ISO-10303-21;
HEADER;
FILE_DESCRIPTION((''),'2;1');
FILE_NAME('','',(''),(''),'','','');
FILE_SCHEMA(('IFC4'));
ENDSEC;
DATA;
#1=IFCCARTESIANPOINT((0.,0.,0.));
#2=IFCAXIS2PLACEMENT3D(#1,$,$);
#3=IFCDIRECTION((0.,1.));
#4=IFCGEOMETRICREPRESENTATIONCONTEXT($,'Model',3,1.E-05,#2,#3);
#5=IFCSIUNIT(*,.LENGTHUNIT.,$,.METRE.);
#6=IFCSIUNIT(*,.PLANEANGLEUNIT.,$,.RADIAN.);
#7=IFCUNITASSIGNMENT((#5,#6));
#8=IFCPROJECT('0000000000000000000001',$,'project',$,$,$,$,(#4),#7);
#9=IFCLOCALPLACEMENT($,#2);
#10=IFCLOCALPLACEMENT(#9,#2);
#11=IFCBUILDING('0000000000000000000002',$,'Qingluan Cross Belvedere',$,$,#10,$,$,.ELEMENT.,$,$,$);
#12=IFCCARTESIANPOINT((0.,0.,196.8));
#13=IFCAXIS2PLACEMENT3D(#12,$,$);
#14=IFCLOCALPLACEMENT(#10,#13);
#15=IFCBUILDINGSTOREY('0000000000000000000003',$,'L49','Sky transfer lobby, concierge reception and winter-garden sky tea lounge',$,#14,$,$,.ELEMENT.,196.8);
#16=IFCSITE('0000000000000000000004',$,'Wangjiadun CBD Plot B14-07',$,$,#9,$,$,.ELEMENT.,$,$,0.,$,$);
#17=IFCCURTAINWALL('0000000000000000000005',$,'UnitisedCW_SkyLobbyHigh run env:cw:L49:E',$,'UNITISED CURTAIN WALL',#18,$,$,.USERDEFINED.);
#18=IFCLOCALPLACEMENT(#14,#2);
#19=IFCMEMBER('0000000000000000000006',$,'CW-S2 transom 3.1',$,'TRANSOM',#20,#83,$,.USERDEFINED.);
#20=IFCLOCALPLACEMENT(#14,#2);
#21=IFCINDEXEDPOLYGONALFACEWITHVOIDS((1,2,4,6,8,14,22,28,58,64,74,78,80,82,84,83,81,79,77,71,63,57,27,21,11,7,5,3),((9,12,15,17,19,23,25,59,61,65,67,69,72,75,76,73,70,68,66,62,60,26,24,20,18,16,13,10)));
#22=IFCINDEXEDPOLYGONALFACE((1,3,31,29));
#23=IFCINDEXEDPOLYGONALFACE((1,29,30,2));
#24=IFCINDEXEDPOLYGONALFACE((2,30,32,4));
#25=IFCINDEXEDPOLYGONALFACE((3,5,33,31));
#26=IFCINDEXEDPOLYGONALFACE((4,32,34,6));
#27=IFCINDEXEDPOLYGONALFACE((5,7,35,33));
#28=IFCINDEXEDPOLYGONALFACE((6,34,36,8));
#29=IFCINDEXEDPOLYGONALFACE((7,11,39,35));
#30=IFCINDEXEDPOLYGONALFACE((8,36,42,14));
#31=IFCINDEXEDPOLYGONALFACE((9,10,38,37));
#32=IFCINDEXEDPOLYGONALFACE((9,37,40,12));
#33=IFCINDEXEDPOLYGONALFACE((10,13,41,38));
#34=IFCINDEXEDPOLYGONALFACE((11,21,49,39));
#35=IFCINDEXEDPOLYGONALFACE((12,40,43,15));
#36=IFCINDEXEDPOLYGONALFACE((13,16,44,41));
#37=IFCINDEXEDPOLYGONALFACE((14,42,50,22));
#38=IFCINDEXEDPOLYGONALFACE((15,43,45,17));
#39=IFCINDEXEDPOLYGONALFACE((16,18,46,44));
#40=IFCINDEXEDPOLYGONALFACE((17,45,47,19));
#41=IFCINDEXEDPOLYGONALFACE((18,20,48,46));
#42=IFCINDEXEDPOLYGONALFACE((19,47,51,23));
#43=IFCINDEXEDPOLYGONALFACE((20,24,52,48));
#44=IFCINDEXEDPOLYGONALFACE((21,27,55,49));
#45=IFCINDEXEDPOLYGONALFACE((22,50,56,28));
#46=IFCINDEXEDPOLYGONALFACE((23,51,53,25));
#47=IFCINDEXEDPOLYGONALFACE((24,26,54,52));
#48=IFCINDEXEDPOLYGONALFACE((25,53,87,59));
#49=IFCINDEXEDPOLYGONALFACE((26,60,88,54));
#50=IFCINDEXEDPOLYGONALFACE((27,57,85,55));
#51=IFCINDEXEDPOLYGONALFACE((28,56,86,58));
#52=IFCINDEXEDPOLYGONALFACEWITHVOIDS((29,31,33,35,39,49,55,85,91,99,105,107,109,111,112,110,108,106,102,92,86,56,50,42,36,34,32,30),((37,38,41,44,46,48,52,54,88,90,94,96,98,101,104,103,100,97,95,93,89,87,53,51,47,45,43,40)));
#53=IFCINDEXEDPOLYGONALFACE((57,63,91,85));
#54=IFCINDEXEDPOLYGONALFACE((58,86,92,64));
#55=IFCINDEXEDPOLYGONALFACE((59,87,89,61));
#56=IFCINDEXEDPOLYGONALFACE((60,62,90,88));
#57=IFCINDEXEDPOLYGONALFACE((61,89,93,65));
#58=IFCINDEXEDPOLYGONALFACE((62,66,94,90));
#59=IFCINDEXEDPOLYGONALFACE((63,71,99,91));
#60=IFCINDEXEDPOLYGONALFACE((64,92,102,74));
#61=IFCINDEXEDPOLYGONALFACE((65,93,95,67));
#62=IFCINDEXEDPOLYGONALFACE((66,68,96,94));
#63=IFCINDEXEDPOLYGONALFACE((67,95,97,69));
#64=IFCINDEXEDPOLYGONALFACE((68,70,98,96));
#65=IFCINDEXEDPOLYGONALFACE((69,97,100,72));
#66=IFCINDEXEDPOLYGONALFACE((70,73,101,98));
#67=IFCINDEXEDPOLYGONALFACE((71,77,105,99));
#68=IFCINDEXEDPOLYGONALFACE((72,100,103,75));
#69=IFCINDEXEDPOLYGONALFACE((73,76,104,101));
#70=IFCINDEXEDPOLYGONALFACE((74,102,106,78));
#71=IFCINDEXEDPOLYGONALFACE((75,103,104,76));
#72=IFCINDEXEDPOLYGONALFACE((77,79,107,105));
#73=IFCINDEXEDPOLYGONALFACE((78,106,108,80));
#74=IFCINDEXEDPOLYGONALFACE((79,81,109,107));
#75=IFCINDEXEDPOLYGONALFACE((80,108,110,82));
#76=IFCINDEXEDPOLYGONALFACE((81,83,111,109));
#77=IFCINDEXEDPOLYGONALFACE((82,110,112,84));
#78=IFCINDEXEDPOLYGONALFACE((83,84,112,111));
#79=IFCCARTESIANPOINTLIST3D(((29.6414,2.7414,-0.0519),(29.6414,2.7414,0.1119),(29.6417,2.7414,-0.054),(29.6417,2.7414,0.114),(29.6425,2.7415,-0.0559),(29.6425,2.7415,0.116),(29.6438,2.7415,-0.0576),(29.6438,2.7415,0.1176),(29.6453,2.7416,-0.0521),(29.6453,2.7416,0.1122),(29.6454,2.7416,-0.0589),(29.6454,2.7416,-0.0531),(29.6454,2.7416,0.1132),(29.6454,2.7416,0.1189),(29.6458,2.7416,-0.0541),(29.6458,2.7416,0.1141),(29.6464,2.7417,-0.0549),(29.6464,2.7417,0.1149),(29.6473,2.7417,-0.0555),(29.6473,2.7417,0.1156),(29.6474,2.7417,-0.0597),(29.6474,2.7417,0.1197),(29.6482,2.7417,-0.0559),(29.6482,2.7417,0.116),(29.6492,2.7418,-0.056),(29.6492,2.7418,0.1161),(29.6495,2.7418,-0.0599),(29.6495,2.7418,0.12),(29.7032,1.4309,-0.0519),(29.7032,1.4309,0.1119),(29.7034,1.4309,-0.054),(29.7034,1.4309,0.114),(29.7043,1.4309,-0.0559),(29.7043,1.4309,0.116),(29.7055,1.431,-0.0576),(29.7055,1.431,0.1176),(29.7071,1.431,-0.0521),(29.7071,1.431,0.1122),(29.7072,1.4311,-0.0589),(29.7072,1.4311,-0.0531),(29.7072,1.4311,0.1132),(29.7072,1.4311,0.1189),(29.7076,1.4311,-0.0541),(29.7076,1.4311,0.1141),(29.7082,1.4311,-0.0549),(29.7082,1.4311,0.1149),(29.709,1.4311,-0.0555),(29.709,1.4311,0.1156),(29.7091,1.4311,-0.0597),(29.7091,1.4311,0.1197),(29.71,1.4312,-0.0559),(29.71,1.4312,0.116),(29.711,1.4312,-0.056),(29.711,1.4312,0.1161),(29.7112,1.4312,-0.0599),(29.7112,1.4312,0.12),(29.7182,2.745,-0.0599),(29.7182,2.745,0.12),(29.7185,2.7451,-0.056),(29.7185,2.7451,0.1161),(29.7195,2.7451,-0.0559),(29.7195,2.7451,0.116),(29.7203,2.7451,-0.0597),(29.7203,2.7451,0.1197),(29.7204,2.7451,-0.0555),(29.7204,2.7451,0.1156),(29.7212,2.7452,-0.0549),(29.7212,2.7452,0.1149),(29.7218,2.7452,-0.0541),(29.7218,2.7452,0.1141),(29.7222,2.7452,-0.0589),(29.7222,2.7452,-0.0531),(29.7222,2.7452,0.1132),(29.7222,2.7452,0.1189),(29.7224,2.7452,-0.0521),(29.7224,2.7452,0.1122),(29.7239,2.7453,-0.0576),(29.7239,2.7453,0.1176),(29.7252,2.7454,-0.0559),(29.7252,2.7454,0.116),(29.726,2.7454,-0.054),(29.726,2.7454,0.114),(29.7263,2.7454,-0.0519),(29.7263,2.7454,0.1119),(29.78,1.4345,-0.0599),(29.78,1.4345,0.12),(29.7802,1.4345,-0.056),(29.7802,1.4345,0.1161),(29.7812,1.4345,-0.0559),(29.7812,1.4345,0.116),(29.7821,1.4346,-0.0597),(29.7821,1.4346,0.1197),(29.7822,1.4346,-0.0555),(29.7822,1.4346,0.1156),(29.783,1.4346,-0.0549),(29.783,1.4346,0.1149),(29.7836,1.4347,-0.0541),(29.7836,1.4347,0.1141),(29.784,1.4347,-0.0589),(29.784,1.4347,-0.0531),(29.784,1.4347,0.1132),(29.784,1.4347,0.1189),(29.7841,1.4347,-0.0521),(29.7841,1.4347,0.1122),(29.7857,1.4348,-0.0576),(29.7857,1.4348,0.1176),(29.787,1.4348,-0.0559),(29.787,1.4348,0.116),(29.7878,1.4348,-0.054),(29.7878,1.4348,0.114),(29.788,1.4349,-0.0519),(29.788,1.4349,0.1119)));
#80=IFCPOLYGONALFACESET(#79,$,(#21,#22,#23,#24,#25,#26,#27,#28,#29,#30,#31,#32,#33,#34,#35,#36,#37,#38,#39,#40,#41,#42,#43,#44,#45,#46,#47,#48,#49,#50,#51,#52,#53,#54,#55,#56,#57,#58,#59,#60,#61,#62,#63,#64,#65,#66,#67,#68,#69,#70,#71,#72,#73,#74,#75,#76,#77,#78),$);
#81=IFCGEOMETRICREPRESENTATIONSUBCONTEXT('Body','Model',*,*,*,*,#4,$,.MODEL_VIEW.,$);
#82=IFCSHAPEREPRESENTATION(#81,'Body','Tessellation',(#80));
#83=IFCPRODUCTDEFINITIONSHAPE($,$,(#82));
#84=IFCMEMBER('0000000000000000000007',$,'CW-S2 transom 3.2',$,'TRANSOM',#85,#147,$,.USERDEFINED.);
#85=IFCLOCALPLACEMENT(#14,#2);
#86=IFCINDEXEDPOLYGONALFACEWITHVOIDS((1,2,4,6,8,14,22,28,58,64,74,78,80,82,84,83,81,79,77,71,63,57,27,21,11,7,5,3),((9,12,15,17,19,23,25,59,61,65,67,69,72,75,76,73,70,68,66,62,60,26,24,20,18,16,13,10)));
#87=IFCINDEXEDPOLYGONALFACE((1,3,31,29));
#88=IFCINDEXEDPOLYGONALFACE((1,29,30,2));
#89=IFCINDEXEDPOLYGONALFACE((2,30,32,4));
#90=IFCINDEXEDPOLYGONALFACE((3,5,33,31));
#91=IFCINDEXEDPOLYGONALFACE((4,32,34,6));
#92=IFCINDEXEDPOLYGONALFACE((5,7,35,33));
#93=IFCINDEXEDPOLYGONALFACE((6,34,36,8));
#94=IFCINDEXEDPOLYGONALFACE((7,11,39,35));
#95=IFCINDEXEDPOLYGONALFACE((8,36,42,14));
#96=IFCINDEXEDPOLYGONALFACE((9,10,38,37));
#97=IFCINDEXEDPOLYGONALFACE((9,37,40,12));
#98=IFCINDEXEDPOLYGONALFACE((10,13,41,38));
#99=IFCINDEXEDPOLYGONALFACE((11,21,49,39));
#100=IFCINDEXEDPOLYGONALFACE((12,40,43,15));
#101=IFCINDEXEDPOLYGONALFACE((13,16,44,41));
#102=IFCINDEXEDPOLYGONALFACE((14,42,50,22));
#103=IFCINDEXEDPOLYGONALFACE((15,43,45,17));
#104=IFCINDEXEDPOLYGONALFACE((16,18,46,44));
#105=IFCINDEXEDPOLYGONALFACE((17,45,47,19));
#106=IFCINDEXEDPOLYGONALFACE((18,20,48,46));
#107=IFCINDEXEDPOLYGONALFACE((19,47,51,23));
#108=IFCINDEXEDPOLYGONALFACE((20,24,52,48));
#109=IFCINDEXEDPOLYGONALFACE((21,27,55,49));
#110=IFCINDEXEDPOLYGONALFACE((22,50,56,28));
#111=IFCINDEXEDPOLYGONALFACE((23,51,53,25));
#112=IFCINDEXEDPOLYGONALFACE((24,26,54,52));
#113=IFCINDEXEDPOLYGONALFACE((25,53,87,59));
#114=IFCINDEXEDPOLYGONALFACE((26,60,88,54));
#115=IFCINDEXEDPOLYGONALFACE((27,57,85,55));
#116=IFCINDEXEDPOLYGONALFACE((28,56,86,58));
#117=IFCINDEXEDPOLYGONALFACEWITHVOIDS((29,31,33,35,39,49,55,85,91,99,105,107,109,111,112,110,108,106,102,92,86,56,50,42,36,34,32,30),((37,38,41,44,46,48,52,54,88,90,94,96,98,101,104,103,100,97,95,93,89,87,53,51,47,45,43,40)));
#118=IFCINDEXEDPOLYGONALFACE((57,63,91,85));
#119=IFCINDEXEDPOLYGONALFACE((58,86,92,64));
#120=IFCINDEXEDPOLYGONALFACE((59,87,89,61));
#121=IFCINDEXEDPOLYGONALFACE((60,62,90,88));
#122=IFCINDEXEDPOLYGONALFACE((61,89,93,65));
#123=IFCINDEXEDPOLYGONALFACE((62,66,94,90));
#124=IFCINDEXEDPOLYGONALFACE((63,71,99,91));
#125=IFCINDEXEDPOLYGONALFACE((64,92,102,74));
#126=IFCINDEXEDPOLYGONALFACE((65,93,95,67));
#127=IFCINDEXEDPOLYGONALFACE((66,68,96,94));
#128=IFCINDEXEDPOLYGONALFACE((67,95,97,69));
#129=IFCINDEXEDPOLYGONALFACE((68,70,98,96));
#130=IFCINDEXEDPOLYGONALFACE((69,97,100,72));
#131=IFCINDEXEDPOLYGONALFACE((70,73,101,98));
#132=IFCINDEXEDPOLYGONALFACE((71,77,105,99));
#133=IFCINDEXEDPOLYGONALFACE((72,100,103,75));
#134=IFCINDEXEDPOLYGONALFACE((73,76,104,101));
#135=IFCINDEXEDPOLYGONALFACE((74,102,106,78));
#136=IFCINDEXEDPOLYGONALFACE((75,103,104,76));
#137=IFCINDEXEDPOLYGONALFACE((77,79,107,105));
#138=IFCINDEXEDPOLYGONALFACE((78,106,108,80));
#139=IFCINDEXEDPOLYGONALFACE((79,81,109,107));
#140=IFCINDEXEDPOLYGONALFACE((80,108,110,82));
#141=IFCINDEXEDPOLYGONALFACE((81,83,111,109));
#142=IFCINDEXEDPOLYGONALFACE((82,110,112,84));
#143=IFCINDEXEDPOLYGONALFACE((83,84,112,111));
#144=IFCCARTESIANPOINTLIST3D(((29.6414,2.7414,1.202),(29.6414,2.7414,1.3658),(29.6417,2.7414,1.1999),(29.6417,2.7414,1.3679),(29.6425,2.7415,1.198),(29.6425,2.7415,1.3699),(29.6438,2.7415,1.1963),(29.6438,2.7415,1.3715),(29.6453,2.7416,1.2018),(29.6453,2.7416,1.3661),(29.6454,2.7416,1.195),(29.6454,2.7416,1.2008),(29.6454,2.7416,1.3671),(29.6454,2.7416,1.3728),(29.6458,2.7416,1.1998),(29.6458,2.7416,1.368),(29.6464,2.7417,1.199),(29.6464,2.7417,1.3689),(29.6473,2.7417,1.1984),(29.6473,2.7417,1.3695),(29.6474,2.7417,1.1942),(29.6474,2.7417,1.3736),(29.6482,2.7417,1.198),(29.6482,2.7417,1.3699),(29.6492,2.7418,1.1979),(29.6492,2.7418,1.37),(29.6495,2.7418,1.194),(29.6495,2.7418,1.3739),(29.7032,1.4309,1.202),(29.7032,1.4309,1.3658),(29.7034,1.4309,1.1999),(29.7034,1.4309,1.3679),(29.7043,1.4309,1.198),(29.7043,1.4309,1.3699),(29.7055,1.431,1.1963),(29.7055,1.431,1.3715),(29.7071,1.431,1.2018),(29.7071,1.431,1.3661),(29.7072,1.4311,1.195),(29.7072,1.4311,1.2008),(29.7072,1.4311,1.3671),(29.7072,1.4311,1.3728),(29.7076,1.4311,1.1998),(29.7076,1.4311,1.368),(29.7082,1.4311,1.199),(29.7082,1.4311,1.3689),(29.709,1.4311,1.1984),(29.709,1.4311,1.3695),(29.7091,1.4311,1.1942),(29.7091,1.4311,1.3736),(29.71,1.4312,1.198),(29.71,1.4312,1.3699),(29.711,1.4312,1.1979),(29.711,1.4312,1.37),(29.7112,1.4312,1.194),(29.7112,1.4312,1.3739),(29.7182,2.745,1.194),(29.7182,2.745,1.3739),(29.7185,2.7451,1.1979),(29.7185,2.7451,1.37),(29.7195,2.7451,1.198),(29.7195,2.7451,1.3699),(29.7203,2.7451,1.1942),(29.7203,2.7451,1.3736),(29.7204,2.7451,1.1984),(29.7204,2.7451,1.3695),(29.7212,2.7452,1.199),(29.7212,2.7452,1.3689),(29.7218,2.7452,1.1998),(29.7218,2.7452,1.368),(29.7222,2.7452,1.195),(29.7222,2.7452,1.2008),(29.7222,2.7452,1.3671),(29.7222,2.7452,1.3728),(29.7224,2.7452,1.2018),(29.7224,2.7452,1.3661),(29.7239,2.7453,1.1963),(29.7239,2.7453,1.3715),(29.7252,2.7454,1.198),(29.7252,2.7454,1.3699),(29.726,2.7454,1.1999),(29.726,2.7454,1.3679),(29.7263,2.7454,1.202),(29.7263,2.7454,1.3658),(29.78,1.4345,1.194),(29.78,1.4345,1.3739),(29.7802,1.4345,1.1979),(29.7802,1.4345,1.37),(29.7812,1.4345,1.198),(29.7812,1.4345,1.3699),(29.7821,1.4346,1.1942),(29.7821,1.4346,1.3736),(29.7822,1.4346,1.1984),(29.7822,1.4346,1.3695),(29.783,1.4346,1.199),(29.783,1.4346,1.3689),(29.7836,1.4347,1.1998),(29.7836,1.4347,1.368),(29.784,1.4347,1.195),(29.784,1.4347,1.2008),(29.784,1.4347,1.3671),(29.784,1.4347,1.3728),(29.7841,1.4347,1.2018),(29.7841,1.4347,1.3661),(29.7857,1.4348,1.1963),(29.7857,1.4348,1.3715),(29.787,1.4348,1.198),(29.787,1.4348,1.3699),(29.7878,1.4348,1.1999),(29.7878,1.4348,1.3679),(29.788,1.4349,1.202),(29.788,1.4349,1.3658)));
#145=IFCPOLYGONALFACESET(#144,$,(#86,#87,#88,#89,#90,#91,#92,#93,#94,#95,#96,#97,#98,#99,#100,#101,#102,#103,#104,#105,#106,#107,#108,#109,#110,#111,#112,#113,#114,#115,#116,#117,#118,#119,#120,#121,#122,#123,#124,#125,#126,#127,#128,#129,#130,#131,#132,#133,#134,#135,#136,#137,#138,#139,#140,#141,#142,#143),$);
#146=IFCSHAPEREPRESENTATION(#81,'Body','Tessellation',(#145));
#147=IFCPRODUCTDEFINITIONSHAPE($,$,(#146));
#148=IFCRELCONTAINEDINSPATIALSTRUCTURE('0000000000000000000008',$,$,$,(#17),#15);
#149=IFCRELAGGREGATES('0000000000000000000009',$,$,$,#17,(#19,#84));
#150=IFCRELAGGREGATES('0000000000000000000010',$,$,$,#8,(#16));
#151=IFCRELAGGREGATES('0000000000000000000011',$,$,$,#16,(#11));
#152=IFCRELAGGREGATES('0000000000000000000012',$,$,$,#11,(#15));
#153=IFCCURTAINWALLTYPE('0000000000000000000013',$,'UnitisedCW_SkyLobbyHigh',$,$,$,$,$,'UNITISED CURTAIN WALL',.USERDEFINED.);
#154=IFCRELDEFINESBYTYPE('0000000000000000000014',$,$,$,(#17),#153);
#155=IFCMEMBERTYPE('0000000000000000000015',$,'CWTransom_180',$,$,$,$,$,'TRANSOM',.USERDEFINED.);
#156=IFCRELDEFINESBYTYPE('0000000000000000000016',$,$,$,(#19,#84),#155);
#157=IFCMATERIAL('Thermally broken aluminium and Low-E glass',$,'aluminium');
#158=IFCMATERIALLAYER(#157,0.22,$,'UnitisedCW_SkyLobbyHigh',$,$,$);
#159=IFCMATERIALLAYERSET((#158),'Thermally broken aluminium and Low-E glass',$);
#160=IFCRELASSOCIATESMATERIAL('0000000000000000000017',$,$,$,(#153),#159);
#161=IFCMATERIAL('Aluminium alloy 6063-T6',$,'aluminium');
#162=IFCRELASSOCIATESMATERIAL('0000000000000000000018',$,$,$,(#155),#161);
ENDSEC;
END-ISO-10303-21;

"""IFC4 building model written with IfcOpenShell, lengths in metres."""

from ifc_helpers import new_model, si_unit, direction, frame, origin, origin_2d, place, context, subcontext, project, spatial, hollow_rectangle, extrude, material, layer, layer_set, material_profile, profile_set, type_object, element, aggregate, save


model = new_model("IFC4")

# Units and contexts
model_context = context("Model", 3, precision=1e-05, world=origin(), true_north=direction((0.0, 1.0)))
body_context = subcontext(model_context, "Body", "Model", "MODEL_VIEW")
ifc_project = project(units=[si_unit("LENGTHUNIT", "METRE"), si_unit("PLANEANGLEUNIT", "RADIAN")], contexts=[model_context])

# Site, building, storey
site_placement = place(None, origin())
site = spatial("IfcSite", under=ifc_project, at=site_placement, Name="Wangjiadun CBD Plot B14-07", CompositionType="ELEMENT", RefElevation=0.0)
building_placement = place(site_placement, origin())
building = spatial("IfcBuilding", under=site, at=building_placement, Name="Qingluan Cross Belvedere", CompositionType="ELEMENT")
storey_placement = place(building_placement, frame((0.0, 0.0, 196.8)))
storey = spatial("IfcBuildingStorey", under=building, at=storey_placement, Name="L49", Description="Sky transfer lobby, concierge reception and winter-garden sky tea lounge", CompositionType="ELEMENT", Elevation=196.8)

# Curtain wall, members
ifc_material_1 = material(Name="Thermally broken aluminium and Low-E glass", Category="aluminium")
ifc_layer_1 = layer(ifc_material_1, 0.22, Name="UnitisedCW_SkyLobbyHigh")
ifc_layer_set_1 = layer_set([ifc_layer_1], Name="Thermally broken aluminium and Low-E glass")
curtain_wall_type = type_object("IfcCurtainWallType", Name="UnitisedCW_SkyLobbyHigh", ElementType="UNITISED CURTAIN WALL", PredefinedType="USERDEFINED", material=ifc_layer_set_1)
curtain_wall_placement = place(storey_placement, origin())
curtain_wall = element("IfcCurtainWall", 1, at=curtain_wall_placement, inside=storey, type_object=curtain_wall_type, Name="UnitisedCW_SkyLobbyHigh run env:cw:L49:E", ObjectType="UNITISED CURTAIN WALL", PredefinedType="USERDEFINED")
ifc_material_2 = material(Name="Aluminium alloy 6063-T6", Category="aluminium")
ifc_material_profile_1 = material_profile(ifc_material_2, hollow_rectangle(XDim=0.085, YDim=0.1799, WallThickness=0.0039, InnerFilletRadius=0.0039, OuterFilletRadius=0.0081, at=origin_2d()), Name="CWT180x85x4")
ifc_profile_set_1 = profile_set([ifc_material_profile_1], Name="Aluminium alloy 6063-T6")
member_type_1 = type_object("IfcMemberType", Name="CWTransom_180", ElementType="TRANSOM", PredefinedType="USERDEFINED", material=ifc_profile_set_1)
member_1_placement = place(storey_placement, frame((29.7456, 1.4329, 0.03), z_axis=(-0.047079, 0.998891, 0.0), x_axis=(-0.998891, -0.047079, 0.0)))
member_1 = element("IfcMember", 2, at=member_1_placement, type_object=member_type_1, Name="CW-S2 transom 3.1", ObjectType="TRANSOM", PredefinedType="USERDEFINED", context=body_context, shape_type="SweptSolid", body=[
    extrude(hollow_rectangle(XDim=0.085, YDim=0.1799, WallThickness=0.0039, InnerFilletRadius=0.0039, OuterFilletRadius=0.0081, at=origin_2d()), origin(), (0.0, 0.0, 1.0), 1.312),
])
member_2_placement = place(storey_placement, frame((29.7456, 1.4329, 1.2839), z_axis=(-0.047079, 0.998891, 0.0), x_axis=(-0.998891, -0.047079, 0.0)))
member_2 = element("IfcMember", 3, at=member_2_placement, type_object=member_type_1, Name="CW-S2 transom 3.2", ObjectType="TRANSOM", PredefinedType="USERDEFINED", context=body_context, shape_type="SweptSolid", body=[
    extrude(hollow_rectangle(XDim=0.085, YDim=0.1799, WallThickness=0.0039, InnerFilletRadius=0.0039, OuterFilletRadius=0.0081, at=origin_2d()), origin(), (0.0, 0.0, 1.0), 1.312),
])
aggregate(curtain_wall, [member_1, member_2])

save(model, "model.ifc")
